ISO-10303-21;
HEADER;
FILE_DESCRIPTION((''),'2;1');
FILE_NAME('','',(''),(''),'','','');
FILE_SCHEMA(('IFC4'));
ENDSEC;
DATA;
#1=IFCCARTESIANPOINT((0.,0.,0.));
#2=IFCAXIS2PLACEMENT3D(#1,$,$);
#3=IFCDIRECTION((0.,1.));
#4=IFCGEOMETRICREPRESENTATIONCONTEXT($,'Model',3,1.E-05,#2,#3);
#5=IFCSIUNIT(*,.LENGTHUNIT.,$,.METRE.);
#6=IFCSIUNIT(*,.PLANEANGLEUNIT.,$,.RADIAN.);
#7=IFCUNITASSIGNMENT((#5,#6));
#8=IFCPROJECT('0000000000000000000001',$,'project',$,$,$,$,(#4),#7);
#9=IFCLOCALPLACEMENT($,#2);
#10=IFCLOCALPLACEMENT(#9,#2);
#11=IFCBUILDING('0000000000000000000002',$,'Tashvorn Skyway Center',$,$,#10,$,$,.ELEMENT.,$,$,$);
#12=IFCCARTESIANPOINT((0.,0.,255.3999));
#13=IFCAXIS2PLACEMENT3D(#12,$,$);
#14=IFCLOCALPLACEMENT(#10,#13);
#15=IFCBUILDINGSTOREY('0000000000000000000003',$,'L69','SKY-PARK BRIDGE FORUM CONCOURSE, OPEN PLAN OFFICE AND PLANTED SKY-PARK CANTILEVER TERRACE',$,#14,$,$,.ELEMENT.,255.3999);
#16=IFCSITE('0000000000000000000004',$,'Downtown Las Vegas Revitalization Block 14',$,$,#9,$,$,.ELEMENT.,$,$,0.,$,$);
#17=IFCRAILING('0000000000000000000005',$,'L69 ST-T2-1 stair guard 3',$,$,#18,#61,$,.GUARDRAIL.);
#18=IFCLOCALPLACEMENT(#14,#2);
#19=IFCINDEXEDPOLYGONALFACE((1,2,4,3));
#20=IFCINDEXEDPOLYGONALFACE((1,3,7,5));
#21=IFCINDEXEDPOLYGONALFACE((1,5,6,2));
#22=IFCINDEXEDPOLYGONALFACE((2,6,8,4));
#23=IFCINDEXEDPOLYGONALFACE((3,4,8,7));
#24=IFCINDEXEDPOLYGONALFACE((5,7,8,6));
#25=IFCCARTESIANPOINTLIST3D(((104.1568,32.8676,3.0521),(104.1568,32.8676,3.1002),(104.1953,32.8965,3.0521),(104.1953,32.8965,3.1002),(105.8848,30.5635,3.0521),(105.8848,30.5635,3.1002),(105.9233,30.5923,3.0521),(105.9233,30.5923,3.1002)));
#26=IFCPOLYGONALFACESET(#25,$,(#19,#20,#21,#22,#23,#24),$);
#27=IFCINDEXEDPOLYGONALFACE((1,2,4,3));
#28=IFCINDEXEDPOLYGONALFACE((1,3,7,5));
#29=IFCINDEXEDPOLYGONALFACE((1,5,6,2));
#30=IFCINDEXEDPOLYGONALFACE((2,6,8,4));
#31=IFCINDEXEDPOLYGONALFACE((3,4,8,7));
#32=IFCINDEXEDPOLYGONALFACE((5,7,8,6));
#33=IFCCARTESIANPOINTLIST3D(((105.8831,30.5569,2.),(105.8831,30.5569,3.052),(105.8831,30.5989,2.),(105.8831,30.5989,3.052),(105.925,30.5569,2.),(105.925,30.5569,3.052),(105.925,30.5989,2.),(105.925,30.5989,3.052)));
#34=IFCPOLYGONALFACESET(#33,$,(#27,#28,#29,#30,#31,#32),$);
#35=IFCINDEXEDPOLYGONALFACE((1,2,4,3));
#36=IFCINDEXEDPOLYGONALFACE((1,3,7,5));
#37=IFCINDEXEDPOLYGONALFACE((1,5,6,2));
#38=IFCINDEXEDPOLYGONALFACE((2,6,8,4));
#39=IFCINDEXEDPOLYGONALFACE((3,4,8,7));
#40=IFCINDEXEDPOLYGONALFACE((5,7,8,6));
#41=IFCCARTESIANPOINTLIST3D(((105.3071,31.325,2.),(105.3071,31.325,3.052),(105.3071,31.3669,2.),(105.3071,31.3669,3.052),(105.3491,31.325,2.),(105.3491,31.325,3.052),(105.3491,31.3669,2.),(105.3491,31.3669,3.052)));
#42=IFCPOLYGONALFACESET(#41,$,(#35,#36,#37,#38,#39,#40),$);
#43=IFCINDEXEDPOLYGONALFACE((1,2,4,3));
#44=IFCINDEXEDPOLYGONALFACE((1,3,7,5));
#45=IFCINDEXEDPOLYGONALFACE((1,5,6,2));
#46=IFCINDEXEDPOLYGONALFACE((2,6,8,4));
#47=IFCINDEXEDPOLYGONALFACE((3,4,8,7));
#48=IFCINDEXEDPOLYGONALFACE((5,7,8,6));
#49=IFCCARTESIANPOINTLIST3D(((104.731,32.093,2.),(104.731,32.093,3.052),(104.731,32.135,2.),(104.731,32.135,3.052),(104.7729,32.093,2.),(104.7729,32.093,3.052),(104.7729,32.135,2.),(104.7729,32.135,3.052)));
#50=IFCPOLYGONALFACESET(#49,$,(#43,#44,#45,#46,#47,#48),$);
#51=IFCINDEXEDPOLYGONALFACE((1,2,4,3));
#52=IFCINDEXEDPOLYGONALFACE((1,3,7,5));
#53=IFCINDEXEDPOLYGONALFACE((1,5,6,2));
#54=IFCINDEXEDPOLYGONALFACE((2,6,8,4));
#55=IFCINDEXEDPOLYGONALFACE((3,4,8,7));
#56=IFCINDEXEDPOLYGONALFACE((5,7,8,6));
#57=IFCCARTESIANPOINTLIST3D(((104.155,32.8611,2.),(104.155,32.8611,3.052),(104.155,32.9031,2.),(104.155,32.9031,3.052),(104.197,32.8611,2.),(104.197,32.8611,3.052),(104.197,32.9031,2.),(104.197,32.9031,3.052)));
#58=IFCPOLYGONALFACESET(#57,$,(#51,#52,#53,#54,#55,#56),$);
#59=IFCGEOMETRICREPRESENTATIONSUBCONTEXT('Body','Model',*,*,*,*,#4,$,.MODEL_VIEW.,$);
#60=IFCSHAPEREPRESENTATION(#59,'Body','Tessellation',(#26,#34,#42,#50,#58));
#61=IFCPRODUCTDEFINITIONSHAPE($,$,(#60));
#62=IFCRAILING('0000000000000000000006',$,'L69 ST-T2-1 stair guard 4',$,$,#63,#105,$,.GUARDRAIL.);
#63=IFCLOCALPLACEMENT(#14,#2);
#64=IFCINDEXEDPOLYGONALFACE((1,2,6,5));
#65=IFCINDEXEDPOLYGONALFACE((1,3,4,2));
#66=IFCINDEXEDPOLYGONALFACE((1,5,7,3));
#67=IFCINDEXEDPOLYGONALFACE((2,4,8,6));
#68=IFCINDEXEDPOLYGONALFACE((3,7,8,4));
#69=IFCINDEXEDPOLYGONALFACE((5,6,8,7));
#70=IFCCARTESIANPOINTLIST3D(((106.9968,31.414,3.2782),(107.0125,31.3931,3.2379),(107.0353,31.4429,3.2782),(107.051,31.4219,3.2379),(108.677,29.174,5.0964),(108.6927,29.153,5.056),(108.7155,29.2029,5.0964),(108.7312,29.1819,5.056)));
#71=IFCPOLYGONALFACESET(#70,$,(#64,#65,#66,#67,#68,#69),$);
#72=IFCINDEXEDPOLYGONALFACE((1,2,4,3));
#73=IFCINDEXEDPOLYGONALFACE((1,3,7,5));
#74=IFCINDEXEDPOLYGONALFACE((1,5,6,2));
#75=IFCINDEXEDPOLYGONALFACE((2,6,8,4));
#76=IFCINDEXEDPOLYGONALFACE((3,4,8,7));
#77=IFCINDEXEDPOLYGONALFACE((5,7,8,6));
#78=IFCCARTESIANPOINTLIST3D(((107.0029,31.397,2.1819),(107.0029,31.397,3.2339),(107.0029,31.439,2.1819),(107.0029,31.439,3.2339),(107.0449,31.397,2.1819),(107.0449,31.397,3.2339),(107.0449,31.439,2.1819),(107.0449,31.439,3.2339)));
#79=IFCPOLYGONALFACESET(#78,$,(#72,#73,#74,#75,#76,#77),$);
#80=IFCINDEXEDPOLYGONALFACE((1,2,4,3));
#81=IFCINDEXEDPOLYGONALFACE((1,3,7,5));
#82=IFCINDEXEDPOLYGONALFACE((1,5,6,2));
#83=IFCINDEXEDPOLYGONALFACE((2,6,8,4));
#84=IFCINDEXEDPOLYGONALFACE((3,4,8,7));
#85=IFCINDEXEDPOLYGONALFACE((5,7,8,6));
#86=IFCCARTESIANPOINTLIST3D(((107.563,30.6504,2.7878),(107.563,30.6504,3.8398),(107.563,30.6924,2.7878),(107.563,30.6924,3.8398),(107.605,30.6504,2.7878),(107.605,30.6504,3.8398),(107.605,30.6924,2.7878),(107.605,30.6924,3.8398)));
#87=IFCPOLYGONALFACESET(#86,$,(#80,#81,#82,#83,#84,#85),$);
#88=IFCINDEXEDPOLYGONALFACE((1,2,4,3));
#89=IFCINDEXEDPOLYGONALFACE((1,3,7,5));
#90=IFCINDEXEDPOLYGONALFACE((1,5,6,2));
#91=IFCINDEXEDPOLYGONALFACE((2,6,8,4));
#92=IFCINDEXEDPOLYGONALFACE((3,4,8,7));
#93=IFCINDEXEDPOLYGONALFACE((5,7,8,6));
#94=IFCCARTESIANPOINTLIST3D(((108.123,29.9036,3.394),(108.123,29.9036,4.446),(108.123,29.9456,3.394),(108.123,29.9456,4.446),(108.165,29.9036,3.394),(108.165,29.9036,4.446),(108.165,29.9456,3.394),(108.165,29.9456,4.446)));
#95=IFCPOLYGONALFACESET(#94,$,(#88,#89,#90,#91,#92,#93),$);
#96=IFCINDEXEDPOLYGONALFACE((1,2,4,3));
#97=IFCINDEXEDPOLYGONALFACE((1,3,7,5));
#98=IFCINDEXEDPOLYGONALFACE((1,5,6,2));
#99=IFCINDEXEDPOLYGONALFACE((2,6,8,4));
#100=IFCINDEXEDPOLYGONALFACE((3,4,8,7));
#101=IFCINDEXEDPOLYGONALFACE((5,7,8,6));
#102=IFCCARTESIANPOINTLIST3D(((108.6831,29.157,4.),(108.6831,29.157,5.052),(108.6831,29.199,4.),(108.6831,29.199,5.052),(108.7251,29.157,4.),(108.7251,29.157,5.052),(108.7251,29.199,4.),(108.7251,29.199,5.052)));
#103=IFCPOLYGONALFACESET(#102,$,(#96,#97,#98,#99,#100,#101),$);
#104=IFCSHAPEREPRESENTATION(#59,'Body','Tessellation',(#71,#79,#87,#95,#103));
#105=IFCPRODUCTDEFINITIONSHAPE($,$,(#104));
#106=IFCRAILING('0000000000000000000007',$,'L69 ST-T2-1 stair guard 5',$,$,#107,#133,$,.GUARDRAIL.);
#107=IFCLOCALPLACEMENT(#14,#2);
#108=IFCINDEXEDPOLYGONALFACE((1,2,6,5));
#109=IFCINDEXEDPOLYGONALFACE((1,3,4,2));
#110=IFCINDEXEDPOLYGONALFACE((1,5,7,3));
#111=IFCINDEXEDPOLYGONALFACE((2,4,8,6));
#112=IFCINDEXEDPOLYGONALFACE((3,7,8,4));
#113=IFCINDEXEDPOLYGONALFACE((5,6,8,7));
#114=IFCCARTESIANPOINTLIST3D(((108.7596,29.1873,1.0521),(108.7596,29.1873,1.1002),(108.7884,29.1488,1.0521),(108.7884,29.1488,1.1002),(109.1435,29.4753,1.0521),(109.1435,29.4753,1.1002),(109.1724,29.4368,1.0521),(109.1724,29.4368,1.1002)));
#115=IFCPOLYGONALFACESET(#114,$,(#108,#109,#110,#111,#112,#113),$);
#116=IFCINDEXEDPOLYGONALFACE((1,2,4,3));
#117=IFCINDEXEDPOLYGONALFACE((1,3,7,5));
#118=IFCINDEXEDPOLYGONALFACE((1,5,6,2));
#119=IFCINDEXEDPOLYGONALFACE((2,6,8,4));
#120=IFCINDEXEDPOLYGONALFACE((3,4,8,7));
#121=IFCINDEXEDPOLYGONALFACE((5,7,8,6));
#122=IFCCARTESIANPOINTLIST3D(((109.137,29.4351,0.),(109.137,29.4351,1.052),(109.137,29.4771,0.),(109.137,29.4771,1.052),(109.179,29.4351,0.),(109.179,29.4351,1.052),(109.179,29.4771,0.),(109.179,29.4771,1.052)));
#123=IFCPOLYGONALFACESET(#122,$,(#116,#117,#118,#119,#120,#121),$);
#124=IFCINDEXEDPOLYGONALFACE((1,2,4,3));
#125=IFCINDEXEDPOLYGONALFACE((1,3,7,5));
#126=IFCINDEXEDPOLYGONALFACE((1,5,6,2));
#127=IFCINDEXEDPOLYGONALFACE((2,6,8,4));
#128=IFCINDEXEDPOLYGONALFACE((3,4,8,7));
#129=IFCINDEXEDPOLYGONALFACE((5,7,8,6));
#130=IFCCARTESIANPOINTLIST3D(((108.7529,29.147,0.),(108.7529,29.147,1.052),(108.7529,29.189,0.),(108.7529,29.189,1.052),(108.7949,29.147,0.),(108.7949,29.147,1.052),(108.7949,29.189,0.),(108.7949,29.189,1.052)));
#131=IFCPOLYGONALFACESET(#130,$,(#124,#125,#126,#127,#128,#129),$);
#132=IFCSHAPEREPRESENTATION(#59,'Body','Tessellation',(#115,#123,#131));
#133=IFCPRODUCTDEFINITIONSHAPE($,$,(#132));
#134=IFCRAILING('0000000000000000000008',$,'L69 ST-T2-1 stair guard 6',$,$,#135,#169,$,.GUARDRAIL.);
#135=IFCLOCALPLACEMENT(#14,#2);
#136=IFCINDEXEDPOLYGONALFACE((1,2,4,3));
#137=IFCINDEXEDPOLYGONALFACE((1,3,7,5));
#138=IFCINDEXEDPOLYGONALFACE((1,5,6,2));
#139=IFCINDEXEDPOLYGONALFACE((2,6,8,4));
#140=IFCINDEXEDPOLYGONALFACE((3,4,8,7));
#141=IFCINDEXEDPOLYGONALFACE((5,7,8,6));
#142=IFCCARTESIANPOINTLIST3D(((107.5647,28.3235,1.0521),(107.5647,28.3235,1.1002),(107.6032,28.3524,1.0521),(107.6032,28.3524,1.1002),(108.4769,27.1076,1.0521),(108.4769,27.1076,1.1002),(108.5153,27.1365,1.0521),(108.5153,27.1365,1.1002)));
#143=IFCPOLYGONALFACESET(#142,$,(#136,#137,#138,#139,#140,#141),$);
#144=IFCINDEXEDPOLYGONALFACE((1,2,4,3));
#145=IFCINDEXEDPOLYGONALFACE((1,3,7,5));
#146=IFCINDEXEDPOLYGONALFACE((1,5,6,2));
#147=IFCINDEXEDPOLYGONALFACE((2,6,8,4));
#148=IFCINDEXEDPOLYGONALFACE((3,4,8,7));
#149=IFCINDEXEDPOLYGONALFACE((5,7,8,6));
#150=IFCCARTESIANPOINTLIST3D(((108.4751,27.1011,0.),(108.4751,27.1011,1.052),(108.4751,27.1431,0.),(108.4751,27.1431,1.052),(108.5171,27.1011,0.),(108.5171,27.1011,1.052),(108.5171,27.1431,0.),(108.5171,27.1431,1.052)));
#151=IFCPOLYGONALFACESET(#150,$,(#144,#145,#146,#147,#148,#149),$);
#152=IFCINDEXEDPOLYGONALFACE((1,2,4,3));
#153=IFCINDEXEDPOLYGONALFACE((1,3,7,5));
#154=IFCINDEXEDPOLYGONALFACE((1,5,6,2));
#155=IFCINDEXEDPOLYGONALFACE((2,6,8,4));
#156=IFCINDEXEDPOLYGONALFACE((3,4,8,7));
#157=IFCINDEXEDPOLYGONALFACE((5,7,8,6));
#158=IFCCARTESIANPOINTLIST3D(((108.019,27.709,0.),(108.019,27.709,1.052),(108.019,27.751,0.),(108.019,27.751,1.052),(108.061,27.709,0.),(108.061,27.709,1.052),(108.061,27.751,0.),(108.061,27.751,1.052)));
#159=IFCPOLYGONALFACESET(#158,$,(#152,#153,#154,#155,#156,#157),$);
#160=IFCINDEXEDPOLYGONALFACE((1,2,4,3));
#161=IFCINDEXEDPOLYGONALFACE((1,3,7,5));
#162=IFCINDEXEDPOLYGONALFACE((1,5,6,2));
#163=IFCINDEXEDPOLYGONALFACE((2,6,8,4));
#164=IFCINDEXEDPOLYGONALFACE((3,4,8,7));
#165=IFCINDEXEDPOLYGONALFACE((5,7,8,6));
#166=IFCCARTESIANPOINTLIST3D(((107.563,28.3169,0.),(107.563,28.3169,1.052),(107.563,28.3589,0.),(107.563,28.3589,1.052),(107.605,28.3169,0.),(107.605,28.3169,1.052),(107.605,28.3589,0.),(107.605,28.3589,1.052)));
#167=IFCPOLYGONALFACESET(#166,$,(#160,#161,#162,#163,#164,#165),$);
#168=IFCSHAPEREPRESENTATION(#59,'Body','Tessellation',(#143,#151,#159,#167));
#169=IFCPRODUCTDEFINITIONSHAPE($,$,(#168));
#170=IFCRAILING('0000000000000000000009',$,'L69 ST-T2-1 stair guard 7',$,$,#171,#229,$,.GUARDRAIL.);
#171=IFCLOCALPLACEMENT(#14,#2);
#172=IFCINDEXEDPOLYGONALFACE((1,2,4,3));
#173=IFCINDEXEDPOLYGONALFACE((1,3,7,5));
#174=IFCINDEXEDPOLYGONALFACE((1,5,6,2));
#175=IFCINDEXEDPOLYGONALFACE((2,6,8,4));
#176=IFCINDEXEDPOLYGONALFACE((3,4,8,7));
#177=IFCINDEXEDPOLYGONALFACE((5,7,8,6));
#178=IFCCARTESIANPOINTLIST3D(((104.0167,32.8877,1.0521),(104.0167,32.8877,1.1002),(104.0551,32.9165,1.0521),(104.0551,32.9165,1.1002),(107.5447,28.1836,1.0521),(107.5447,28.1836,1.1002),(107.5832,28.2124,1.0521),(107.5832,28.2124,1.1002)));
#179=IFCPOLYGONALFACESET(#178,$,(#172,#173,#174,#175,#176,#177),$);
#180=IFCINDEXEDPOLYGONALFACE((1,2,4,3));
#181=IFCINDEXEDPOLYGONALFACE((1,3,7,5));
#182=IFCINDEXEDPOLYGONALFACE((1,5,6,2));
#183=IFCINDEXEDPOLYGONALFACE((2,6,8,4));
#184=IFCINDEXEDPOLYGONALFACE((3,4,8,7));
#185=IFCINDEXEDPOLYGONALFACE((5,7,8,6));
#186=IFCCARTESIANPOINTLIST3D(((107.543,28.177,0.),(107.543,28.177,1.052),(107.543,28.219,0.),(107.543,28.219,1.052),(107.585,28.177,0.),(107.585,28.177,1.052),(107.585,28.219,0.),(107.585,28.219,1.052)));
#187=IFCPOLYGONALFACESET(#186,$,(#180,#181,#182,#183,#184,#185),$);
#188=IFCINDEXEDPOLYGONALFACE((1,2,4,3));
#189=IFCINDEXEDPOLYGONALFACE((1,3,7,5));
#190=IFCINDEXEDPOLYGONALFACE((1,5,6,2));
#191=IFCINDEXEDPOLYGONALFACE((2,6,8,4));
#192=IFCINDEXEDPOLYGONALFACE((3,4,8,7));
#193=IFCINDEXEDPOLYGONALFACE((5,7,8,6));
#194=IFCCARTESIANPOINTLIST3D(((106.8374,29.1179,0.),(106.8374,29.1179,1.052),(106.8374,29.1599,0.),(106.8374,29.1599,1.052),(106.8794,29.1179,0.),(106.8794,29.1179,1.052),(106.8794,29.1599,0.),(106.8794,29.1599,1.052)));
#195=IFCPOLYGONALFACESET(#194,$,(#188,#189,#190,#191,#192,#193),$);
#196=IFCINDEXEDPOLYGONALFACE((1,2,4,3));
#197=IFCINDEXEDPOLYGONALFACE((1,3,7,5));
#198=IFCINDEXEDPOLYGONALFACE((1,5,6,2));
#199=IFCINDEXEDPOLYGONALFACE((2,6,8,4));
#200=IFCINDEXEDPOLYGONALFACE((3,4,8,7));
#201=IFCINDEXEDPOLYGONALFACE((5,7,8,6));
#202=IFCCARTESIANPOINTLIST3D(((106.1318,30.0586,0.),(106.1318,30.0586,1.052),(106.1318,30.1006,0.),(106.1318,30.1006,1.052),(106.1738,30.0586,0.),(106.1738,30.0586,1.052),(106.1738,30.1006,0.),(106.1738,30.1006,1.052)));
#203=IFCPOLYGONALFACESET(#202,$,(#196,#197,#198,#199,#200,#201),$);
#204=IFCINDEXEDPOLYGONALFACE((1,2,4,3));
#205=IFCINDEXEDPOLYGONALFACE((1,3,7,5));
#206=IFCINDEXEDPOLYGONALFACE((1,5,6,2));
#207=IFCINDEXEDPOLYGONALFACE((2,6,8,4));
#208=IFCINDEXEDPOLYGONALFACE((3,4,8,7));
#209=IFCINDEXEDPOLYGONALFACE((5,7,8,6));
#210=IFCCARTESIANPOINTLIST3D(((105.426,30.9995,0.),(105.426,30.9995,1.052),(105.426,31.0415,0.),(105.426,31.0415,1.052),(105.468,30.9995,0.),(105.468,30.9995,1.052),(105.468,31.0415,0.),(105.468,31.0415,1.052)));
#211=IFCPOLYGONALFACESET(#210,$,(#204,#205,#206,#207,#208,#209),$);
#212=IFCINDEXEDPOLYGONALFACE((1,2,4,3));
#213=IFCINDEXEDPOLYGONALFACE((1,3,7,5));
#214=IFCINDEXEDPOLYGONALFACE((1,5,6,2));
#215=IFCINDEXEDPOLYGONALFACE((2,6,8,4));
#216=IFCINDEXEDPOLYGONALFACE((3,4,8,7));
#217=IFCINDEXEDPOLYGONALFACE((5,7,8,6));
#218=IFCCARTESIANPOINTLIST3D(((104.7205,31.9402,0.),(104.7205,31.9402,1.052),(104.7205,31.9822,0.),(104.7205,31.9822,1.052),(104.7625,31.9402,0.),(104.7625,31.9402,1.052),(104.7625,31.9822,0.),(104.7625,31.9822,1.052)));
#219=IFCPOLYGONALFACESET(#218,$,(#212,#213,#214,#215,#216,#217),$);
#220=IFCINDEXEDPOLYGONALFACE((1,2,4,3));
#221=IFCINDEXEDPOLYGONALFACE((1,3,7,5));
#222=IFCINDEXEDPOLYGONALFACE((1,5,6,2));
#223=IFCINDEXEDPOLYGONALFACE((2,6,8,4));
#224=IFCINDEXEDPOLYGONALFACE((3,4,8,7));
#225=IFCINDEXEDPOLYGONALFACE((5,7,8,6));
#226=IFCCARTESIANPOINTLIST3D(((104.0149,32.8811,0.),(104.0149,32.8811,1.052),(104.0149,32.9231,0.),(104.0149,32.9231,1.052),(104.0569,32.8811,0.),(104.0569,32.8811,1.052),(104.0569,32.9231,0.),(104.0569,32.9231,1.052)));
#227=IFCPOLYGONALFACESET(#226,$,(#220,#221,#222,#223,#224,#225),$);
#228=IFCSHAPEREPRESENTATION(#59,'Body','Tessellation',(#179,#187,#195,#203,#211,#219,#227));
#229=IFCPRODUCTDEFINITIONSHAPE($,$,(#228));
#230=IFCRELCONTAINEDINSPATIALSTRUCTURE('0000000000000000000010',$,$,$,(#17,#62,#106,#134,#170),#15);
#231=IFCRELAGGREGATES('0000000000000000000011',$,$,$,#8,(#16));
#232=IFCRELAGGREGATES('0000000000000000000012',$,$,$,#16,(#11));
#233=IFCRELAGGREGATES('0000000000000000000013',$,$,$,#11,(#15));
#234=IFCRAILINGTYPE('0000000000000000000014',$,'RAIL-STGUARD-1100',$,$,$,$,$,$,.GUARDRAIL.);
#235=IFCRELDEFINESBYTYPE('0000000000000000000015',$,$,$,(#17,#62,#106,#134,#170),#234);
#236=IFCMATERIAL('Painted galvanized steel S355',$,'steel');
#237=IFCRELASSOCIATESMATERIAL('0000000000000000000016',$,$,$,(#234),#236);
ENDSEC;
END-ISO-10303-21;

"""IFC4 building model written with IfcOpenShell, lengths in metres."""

from ifc_helpers import new_model, si_unit, direction, frame, origin, origin_2d, place, context, subcontext, project, spatial, rectangle, extrude, material, type_object, element, save


model = new_model("IFC4")

# Units and contexts
model_context = context("Model", 3, precision=1e-05, world=origin(), true_north=direction((0.0, 1.0)))
body_context = subcontext(model_context, "Body", "Model", "MODEL_VIEW")
ifc_project = project(units=[si_unit("LENGTHUNIT", "METRE"), si_unit("PLANEANGLEUNIT", "RADIAN")], contexts=[model_context])

# Site, building, storey
site_placement = place(None, origin())
site = spatial("IfcSite", under=ifc_project, at=site_placement, Name="Downtown Las Vegas Revitalization Block 14", CompositionType="ELEMENT", RefElevation=0.0)
building_placement = place(site_placement, origin())
building = spatial("IfcBuilding", under=site, at=building_placement, Name="Tashvorn Skyway Center", CompositionType="ELEMENT")
storey_placement = place(building_placement, frame((0.0, 0.0, 255.3999)))
storey = spatial("IfcBuildingStorey", under=building, at=storey_placement, Name="L69", Description="SKY-PARK BRIDGE FORUM CONCOURSE, OPEN PLAN OFFICE AND PLANTED SKY-PARK CANTILEVER TERRACE", CompositionType="ELEMENT", Elevation=255.3999)

# Railings
ifc_material_1 = material(Name="Painted galvanized steel S355", Category="steel")
railing_type_1 = type_object("IfcRailingType", Name="RAIL-STGUARD-1100", PredefinedType="GUARDRAIL", material=ifc_material_1)
railing_1_placement = place(storey_placement, frame((105.9041, 30.5779, 2.0)))
element("IfcRailing", 1, at=railing_1_placement, inside=storey, type_object=railing_type_1, Name="L69 ST-T2-1 stair guard 3", PredefinedType="GUARDRAIL", context=body_context, shape_type="SweptSolid", body=[
    extrude(rectangle(XDim=0.0481, YDim=0.0481, at=origin_2d()), frame((0.0, 0.0, 1.0762), z_axis=(-0.599973, 0.80002, 0.0), x_axis=(-0.80002, -0.599973, 0.0)), (0.0, 0.0, 1.0), 2.8801),
    extrude(rectangle(XDim=0.042, YDim=0.042, at=origin_2d()), origin(), (0.0, 0.0, 1.0), 1.052),
    extrude(rectangle(XDim=0.042, YDim=0.042, at=origin_2d()), frame((-0.5759, 0.7681, 0.0)), (0.0, 0.0, 1.0), 1.052),
    extrude(rectangle(XDim=0.042, YDim=0.042, at=origin_2d()), frame((-1.1521, 1.5361, 0.0)), (0.0, 0.0, 1.0), 1.052),
    extrude(rectangle(XDim=0.042, YDim=0.042, at=origin_2d()), frame((-1.728, 2.3042, 0.0)), (0.0, 0.0, 1.0), 1.052),
])
railing_2_placement = place(storey_placement, frame((107.0239, 31.418, 2.1819)))
element("IfcRailing", 2, at=railing_2_placement, inside=storey, type_object=railing_type_1, Name="L69 ST-T2-1 stair guard 4", PredefinedType="GUARDRAIL", context=body_context, shape_type="SweptSolid", body=[
    extrude(rectangle(XDim=0.0481, YDim=0.0481, at=origin_2d()), frame((0.0, 0.0, 1.0762), z_axis=(0.503261, -0.670942, 0.544578), x_axis=(0.799969, 0.600042, 0.0)), (0.0, 0.0, 1.0), 3.3386),
    extrude(rectangle(XDim=0.042, YDim=0.042, at=origin_2d()), origin(), (0.0, 0.0, 1.0), 1.052),
    extrude(rectangle(XDim=0.042, YDim=0.042, at=origin_2d()), frame((0.5601, -0.7466, 0.606)), (0.0, 0.0, 1.0), 1.052),
    extrude(rectangle(XDim=0.042, YDim=0.042, at=origin_2d()), frame((1.1201, -1.4934, 1.2122)), (0.0, 0.0, 1.0), 1.052),
    extrude(rectangle(XDim=0.042, YDim=0.042, at=origin_2d()), frame((1.6802, -2.24, 1.8181)), (0.0, 0.0, 1.0), 1.052),
])
railing_3_placement = place(storey_placement, frame((109.158, 29.4561, 0.0)))
element("IfcRailing", 3, at=railing_3_placement, inside=storey, type_object=railing_type_1, Name="L69 ST-T2-1 stair guard 5", PredefinedType="GUARDRAIL", context=body_context, shape_type="SweptSolid", body=[
    extrude(rectangle(XDim=0.0481, YDim=0.0481, at=origin_2d()), frame((0.0, 0.0, 1.0762), z_axis=(-0.799939, -0.600081, 0.0), x_axis=(0.600081, -0.799939, 0.0)), (0.0, 0.0, 1.0), 0.48),
    extrude(rectangle(XDim=0.042, YDim=0.042, at=origin_2d()), origin(), (0.0, 0.0, 1.0), 1.052),
    extrude(rectangle(XDim=0.042, YDim=0.042, at=origin_2d()), frame((-0.384, -0.2881, 0.0)), (0.0, 0.0, 1.0), 1.052),
])
railing_4_placement = place(storey_placement, frame((108.4961, 27.1221, 0.0)))
element("IfcRailing", 4, at=railing_4_placement, inside=storey, type_object=railing_type_1, Name="L69 ST-T2-1 stair guard 6", PredefinedType="GUARDRAIL", context=body_context, shape_type="SweptSolid", body=[
    extrude(rectangle(XDim=0.0481, YDim=0.0481, at=origin_2d()), frame((0.0, 0.0, 1.0762), z_axis=(-0.600103, 0.799923, 0.0), x_axis=(-0.799923, -0.600103, 0.0)), (0.0, 0.0, 1.0), 1.52),
    extrude(rectangle(XDim=0.042, YDim=0.042, at=origin_2d()), origin(), (0.0, 0.0, 1.0), 1.052),
    extrude(rectangle(XDim=0.042, YDim=0.042, at=origin_2d()), frame((-0.4561, 0.6079, 0.0)), (0.0, 0.0, 1.0), 1.052),
    extrude(rectangle(XDim=0.042, YDim=0.042, at=origin_2d()), frame((-0.9121, 1.2158, 0.0)), (0.0, 0.0, 1.0), 1.052),
])
railing_5_placement = place(storey_placement, frame((107.564, 28.198, 0.0)))
element("IfcRailing", 5, at=railing_5_placement, inside=storey, type_object=railing_type_1, Name="L69 ST-T2-1 stair guard 7", PredefinedType="GUARDRAIL", context=body_context, shape_type="SweptSolid", body=[
    extrude(rectangle(XDim=0.0481, YDim=0.0481, at=origin_2d()), frame((0.0, 0.0, 1.0762), z_axis=(-0.6, 0.8, 0.0), x_axis=(-0.8, -0.6, 0.0)), (0.0, 0.0, 1.0), 5.8801),
    extrude(rectangle(XDim=0.042, YDim=0.042, at=origin_2d()), origin(), (0.0, 0.0, 1.0), 1.052),
    extrude(rectangle(XDim=0.042, YDim=0.042, at=origin_2d()), frame((-0.7056, 0.9409, 0.0)), (0.0, 0.0, 1.0), 1.052),
    extrude(rectangle(XDim=0.042, YDim=0.042, at=origin_2d()), frame((-1.4111, 1.8816, 0.0)), (0.0, 0.0, 1.0), 1.052),
    extrude(rectangle(XDim=0.042, YDim=0.042, at=origin_2d()), frame((-2.1169, 2.8225, 0.0)), (0.0, 0.0, 1.0), 1.052),
    extrude(rectangle(XDim=0.042, YDim=0.042, at=origin_2d()), frame((-2.8225, 3.7632, 0.0)), (0.0, 0.0, 1.0), 1.052),
    extrude(rectangle(XDim=0.042, YDim=0.042, at=origin_2d()), frame((-3.5281, 4.7041, 0.0)), (0.0, 0.0, 1.0), 1.052),
])

save(model, "model.ifc")
